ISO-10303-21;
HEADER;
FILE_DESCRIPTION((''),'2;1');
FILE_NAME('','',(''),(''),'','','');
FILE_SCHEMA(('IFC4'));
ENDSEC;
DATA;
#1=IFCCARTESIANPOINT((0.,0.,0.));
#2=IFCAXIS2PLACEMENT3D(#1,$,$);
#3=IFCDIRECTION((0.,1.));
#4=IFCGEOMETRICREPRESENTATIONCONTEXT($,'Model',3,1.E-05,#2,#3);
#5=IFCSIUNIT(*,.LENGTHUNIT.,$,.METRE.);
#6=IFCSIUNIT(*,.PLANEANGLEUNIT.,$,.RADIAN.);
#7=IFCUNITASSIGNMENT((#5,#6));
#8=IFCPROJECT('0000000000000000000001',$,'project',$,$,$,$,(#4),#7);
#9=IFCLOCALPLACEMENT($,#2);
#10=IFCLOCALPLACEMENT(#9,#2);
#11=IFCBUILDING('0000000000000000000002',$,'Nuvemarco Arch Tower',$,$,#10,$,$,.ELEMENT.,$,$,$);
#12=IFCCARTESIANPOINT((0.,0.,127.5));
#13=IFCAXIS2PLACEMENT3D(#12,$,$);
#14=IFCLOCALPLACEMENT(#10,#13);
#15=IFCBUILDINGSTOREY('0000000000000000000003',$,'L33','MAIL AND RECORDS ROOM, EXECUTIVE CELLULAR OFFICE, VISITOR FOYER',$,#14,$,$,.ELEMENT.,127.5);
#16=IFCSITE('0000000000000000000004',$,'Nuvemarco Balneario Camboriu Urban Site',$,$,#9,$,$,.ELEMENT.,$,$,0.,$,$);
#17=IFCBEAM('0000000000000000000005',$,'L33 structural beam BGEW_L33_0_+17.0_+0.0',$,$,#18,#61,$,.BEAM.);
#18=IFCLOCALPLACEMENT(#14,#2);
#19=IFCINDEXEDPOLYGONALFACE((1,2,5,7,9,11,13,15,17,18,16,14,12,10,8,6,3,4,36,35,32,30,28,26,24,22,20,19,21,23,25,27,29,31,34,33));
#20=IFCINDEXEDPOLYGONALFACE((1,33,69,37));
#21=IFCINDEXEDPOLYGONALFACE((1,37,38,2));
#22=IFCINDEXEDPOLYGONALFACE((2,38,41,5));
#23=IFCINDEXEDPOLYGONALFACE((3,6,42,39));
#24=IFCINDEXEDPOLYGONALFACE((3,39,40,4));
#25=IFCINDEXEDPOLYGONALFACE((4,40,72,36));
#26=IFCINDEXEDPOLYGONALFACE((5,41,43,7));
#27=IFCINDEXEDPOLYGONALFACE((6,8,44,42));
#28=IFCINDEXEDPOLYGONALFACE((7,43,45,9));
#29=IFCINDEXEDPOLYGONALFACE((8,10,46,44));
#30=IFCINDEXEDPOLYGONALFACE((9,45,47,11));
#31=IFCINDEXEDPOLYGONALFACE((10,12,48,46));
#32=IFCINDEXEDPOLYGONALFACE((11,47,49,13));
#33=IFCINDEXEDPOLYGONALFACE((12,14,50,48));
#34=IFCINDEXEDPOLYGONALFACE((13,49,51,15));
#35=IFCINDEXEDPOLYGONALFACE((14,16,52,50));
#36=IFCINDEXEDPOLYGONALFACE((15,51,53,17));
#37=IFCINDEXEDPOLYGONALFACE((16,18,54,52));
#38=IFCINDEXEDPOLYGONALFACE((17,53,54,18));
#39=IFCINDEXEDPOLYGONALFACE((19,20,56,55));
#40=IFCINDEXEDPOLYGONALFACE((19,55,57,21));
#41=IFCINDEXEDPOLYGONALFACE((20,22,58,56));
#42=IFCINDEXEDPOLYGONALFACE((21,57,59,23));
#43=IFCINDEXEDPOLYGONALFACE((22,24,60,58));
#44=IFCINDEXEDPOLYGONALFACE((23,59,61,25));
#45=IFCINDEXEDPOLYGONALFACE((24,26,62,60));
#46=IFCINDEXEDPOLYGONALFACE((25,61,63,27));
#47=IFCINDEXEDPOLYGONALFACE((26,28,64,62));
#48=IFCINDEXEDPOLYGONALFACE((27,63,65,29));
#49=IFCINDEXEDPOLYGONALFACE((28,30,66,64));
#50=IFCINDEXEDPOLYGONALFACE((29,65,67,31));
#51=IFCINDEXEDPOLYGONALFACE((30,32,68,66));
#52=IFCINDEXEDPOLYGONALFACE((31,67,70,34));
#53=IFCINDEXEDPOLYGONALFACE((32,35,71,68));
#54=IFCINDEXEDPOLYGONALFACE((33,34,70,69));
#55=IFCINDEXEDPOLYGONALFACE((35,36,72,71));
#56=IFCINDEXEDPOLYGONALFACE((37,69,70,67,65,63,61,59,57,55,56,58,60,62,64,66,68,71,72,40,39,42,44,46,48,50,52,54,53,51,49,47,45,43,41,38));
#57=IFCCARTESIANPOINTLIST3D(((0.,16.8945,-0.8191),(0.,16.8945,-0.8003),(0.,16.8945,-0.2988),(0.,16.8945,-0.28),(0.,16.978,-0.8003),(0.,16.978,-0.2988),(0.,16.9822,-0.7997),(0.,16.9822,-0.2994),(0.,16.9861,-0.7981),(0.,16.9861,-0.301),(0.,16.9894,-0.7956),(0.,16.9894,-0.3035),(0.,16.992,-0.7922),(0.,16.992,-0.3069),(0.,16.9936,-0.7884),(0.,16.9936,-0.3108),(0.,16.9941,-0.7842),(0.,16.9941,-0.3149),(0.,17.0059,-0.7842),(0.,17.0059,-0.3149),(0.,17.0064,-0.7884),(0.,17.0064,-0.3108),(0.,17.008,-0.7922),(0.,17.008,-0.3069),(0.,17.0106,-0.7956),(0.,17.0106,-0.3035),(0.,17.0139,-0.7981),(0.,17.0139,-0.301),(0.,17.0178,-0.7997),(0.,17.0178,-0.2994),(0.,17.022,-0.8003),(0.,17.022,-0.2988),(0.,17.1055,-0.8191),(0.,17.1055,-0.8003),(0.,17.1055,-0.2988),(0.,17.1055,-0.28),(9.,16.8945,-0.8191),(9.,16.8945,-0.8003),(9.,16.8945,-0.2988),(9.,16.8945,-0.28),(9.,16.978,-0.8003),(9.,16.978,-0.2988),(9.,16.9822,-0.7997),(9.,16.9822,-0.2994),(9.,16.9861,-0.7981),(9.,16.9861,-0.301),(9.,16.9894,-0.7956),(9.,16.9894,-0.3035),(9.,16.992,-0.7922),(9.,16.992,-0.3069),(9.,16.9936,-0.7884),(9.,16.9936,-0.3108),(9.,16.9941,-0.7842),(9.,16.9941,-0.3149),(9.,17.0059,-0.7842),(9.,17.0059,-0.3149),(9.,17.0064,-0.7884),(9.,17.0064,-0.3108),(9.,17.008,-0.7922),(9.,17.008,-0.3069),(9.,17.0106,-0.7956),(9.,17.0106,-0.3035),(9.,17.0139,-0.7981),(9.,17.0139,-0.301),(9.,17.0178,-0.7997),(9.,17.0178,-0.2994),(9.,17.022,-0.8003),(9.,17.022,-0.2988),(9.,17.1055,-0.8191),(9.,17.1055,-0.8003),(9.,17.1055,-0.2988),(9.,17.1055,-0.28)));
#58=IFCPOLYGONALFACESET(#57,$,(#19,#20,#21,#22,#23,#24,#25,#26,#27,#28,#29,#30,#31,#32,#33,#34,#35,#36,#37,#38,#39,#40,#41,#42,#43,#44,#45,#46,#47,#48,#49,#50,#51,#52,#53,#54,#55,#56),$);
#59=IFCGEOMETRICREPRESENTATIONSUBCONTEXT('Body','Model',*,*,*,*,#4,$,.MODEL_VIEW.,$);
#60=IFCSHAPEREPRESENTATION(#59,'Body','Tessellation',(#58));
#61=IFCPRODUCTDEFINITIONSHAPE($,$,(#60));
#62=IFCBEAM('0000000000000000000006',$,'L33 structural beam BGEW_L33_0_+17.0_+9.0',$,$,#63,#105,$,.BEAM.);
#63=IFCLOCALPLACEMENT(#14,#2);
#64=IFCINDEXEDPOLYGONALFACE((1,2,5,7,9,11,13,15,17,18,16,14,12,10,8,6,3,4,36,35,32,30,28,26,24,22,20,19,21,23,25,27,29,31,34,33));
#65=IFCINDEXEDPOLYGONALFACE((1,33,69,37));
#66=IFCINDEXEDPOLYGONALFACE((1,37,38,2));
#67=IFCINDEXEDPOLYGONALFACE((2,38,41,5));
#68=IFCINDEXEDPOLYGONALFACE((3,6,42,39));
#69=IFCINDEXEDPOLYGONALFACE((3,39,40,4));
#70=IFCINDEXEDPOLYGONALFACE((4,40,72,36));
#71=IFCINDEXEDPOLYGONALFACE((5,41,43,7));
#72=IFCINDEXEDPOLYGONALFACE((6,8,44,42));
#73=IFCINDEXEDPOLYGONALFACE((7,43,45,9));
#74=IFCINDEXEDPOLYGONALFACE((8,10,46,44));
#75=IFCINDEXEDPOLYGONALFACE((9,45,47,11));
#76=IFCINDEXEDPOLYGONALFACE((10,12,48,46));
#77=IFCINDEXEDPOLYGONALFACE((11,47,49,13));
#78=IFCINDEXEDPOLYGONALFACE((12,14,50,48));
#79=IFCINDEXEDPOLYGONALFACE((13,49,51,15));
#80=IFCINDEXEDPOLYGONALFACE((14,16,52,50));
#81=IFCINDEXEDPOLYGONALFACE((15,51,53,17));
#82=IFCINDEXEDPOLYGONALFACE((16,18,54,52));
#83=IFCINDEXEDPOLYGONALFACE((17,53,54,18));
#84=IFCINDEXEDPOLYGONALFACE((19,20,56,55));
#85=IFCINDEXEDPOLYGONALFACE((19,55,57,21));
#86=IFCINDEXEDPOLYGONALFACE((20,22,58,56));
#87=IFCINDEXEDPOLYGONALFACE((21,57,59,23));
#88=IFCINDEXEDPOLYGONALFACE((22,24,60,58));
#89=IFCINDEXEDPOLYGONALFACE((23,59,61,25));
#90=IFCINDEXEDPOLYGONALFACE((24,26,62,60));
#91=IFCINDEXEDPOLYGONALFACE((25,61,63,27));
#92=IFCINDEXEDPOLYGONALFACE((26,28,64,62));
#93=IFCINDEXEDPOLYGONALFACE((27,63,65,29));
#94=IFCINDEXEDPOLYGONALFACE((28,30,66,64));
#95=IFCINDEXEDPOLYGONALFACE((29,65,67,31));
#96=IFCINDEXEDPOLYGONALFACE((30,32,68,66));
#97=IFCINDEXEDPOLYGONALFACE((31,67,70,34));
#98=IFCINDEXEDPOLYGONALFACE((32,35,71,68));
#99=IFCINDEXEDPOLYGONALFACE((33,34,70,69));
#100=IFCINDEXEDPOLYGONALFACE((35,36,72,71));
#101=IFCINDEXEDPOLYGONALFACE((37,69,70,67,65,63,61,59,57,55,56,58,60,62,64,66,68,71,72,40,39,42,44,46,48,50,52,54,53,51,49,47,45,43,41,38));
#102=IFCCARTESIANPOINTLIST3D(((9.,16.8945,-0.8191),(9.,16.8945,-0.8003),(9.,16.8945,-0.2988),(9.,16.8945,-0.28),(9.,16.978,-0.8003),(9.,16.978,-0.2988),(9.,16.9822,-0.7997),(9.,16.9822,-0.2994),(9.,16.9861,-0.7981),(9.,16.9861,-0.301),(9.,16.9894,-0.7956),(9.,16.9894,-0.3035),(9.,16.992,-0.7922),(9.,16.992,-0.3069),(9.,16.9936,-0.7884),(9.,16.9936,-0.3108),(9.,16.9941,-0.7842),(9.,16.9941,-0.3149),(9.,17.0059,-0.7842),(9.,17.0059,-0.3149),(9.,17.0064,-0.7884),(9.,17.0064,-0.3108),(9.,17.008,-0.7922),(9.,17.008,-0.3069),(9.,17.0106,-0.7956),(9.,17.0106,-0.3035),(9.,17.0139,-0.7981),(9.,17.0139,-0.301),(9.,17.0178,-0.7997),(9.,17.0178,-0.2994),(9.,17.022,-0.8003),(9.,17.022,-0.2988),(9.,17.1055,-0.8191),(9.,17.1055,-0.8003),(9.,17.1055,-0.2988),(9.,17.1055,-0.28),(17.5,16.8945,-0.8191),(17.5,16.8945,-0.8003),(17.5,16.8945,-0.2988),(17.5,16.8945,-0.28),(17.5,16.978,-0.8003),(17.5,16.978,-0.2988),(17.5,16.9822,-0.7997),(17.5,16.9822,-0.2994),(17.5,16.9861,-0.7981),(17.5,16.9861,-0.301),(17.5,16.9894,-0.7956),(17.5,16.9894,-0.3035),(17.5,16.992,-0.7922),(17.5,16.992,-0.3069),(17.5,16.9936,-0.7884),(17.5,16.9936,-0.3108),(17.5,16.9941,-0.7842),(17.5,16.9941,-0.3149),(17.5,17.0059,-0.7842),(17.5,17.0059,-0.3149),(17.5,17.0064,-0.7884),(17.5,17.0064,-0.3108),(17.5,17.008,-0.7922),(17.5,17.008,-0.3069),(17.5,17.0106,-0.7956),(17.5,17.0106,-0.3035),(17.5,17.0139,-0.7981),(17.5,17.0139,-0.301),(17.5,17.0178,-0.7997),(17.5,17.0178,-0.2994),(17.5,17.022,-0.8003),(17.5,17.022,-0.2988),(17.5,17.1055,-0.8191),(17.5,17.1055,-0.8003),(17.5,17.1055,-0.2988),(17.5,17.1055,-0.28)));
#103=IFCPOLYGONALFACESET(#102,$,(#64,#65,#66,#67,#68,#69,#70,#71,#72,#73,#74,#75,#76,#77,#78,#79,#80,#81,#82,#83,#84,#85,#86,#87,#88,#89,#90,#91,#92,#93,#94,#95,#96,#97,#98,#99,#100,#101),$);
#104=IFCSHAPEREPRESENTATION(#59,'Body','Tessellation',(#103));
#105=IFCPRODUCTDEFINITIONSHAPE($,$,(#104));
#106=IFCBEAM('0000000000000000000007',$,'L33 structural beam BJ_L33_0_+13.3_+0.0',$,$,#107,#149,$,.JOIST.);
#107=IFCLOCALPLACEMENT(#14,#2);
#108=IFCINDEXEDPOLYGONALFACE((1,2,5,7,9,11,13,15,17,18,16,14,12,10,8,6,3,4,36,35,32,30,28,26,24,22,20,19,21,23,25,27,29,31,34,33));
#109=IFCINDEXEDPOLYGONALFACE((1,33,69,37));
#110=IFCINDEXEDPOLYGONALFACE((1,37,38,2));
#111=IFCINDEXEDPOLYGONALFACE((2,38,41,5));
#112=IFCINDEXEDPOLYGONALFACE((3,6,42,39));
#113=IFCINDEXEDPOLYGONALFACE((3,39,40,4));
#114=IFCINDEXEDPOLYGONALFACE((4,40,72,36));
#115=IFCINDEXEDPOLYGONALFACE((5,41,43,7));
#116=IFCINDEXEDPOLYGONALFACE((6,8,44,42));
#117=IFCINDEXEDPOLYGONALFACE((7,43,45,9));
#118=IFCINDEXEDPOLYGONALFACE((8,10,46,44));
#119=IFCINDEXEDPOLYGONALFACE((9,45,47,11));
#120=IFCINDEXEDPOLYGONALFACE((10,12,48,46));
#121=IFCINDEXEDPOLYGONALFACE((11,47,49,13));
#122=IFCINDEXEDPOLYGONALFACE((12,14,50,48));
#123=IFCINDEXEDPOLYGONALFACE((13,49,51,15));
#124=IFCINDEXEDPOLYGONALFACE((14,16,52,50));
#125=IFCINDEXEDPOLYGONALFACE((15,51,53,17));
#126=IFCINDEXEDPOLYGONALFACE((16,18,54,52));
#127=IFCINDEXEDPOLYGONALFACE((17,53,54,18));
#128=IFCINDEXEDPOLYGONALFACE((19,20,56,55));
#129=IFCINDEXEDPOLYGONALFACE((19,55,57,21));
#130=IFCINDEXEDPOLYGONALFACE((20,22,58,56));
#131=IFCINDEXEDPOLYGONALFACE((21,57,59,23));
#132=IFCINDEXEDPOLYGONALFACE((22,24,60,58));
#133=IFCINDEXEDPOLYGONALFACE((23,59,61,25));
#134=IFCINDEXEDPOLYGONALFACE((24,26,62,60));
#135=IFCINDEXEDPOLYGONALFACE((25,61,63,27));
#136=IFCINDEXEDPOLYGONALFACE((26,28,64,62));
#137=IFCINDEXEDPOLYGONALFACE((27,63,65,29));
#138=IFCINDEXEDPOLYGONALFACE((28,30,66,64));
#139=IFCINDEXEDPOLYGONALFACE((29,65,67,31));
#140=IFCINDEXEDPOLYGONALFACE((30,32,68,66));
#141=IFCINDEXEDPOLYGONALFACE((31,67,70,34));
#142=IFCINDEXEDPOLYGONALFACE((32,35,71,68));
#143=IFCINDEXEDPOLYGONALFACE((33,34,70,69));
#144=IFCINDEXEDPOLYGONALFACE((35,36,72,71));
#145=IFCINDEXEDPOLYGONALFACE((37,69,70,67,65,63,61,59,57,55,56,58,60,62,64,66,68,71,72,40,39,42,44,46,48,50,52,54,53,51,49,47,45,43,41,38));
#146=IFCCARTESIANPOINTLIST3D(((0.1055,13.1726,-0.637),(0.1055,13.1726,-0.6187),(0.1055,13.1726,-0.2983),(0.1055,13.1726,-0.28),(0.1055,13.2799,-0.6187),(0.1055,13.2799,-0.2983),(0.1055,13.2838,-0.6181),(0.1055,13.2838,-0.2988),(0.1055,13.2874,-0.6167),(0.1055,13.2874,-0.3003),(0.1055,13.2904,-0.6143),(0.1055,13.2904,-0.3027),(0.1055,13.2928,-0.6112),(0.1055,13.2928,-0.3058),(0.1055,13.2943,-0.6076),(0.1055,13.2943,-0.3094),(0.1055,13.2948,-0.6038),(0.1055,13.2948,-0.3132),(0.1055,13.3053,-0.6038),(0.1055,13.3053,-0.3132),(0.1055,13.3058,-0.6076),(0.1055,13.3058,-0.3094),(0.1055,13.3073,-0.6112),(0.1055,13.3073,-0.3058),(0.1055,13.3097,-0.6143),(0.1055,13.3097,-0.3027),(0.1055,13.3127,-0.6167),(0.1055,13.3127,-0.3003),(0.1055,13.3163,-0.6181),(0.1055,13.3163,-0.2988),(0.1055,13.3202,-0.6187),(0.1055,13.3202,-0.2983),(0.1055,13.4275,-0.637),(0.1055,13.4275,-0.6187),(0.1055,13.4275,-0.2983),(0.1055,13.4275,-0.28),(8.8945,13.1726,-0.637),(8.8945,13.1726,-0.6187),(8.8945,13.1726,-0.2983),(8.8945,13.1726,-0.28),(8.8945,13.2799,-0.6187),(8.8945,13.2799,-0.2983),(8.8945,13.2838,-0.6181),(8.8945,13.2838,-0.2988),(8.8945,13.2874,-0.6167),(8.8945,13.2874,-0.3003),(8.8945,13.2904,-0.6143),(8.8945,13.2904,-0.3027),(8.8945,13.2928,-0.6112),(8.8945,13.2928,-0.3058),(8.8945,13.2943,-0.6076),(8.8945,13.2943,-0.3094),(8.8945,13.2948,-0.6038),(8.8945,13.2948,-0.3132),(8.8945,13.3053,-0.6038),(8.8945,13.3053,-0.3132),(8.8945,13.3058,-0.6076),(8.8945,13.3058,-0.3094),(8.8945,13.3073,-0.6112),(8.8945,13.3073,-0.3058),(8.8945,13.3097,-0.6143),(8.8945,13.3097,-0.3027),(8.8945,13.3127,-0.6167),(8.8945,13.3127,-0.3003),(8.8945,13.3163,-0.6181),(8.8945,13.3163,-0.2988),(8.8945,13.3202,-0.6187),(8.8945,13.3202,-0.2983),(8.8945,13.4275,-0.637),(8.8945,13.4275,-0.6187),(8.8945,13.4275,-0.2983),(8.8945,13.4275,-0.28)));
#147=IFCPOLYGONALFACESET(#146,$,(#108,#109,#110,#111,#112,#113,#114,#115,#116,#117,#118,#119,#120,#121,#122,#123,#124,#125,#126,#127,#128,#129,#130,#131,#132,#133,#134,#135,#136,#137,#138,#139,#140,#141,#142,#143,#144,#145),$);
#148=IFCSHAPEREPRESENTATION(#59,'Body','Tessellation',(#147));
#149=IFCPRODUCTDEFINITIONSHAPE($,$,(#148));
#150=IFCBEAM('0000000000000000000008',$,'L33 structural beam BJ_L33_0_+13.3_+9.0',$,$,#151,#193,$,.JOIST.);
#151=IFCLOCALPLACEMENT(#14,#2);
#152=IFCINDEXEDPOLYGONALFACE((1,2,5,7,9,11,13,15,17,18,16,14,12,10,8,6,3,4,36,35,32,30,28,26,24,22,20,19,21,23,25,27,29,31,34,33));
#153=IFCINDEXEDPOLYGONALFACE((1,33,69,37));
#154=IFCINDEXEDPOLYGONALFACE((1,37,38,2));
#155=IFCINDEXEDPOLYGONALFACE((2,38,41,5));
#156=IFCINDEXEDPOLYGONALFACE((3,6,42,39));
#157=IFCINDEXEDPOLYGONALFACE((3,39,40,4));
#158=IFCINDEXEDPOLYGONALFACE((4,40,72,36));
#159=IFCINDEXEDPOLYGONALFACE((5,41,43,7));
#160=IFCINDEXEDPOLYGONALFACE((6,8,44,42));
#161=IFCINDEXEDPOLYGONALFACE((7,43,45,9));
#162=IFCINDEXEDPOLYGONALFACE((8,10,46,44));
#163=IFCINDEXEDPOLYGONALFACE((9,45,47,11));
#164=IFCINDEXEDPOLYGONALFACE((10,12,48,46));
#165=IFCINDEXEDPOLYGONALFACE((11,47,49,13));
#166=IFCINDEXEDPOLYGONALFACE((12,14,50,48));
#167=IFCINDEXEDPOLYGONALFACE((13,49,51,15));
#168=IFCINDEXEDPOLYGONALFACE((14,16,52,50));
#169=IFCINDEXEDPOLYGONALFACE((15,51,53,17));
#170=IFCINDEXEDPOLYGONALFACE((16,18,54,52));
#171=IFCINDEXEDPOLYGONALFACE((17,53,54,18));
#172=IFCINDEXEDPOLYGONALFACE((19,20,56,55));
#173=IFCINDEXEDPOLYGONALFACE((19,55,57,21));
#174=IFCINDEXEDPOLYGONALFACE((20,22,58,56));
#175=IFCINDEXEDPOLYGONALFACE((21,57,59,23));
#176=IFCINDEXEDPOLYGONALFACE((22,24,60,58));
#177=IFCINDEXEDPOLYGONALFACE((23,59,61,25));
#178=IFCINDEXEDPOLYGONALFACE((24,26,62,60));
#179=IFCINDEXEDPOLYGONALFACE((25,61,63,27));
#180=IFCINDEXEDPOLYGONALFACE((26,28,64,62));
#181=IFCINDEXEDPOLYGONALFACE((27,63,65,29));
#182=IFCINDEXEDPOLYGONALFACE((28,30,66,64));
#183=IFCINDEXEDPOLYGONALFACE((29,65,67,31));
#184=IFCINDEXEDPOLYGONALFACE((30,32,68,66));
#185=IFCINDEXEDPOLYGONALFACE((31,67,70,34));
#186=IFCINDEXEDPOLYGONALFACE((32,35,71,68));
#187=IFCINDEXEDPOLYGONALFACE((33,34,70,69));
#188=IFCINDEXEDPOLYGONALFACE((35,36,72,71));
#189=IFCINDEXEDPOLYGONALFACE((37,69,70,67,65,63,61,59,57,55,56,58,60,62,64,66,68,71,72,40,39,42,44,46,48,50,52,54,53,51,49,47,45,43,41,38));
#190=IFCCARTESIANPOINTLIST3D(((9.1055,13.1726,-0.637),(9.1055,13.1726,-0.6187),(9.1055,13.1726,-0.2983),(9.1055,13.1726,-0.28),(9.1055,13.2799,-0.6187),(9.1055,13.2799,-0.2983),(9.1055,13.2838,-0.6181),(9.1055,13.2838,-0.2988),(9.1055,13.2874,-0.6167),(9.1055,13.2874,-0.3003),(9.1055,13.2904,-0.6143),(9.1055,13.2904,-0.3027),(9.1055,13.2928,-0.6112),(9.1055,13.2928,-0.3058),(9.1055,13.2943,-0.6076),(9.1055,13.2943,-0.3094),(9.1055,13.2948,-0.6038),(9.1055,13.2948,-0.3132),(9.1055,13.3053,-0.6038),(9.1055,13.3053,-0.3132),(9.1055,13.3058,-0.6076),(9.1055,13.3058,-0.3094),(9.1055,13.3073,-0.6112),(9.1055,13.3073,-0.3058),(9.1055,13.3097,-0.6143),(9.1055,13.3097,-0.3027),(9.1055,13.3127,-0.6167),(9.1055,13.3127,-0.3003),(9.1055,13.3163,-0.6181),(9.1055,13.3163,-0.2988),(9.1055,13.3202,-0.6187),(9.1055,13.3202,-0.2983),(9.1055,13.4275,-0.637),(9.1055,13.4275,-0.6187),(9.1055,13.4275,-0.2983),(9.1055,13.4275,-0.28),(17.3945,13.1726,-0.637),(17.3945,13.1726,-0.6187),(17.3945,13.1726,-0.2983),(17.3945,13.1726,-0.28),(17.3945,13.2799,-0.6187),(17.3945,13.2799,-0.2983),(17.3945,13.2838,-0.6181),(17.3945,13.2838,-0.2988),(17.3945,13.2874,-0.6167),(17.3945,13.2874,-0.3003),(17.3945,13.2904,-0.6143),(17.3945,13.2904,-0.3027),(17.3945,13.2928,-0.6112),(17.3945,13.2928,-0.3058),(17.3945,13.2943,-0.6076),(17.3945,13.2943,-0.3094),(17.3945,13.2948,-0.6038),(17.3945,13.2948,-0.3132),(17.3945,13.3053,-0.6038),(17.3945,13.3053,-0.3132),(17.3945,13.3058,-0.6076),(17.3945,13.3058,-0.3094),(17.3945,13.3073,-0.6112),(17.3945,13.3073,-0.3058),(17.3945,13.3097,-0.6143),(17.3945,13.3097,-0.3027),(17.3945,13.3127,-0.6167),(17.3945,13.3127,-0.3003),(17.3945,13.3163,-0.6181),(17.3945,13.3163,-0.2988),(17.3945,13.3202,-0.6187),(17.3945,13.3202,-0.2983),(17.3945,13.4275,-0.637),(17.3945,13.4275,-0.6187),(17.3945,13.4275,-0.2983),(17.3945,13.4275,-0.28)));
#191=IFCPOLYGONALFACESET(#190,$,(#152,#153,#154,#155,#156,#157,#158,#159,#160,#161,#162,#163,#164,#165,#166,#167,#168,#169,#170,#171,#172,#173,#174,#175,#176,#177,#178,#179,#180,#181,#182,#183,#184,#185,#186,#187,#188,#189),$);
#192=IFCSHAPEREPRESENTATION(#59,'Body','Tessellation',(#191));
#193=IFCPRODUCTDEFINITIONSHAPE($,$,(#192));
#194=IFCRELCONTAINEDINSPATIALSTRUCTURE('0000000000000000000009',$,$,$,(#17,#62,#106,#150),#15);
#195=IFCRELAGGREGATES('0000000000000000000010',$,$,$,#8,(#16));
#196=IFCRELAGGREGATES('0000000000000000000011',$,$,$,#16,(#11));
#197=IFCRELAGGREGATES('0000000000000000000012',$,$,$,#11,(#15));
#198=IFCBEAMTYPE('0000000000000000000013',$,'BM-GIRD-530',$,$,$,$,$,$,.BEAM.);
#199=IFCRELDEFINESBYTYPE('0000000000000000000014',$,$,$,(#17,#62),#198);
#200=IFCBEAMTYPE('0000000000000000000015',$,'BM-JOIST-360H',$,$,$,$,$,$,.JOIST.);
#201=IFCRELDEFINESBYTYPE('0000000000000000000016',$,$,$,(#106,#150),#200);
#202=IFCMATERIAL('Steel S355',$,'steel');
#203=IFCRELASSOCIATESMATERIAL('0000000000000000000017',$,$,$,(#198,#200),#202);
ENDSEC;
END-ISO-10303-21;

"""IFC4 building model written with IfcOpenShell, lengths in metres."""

from ifc_helpers import new_model, si_unit, direction, frame, origin, origin_2d, place, context, subcontext, project, spatial, i_section, extrude, material, material_profile, profile_set, type_object, element, save


model = new_model("IFC4")

# Units and contexts
model_context = context("Model", 3, precision=1e-05, world=origin(), true_north=direction((0.0, 1.0)))
body_context = subcontext(model_context, "Body", "Model", "MODEL_VIEW")
ifc_project = project(units=[si_unit("LENGTHUNIT", "METRE"), si_unit("PLANEANGLEUNIT", "RADIAN")], contexts=[model_context])

# Site, building, storey
site_placement = place(None, origin())
site = spatial("IfcSite", under=ifc_project, at=site_placement, Name="Nuvemarco Balneario Camboriu Urban Site", CompositionType="ELEMENT", RefElevation=0.0)
building_placement = place(site_placement, origin())
building = spatial("IfcBuilding", under=site, at=building_placement, Name="Nuvemarco Arch Tower", CompositionType="ELEMENT")
storey_placement = place(building_placement, frame((0.0, 0.0, 127.5)))
storey = spatial("IfcBuildingStorey", under=building, at=storey_placement, Name="L33", Description="MAIL AND RECORDS ROOM, EXECUTIVE CELLULAR OFFICE, VISITOR FOYER", CompositionType="ELEMENT", Elevation=127.5)

# Shared definitions
ifc_material_1 = material(Name="Steel S355", Category="steel")

# Beams
ifc_material_profile_1 = material_profile(ifc_material_1, i_section(OverallWidth=0.2109, OverallDepth=0.5391, WebThickness=0.0117, FlangeThickness=0.0188, FilletRadius=0.0161, at=origin_2d()), Name="W530x109")
ifc_profile_set_1 = profile_set([ifc_material_profile_1], Name="Steel S355")
beam_type_1 = type_object("IfcBeamType", Name="BM-GIRD-530", PredefinedType="BEAM", material=ifc_profile_set_1)
beam_1_placement = place(storey_placement, frame((0.0, 17.0, -0.5496), z_axis=(1.0, 0.0, 0.0), x_axis=(0.0, 1.0, 0.0)))
element("IfcBeam", 1, at=beam_1_placement, inside=storey, type_object=beam_type_1, Name="L33 structural beam BGEW_L33_0_+17.0_+0.0", PredefinedType="BEAM", context=body_context, shape_type="SweptSolid", body=[
    extrude(i_section(OverallWidth=0.2109, OverallDepth=0.5391, WebThickness=0.0117, FlangeThickness=0.0188, FilletRadius=0.0161, at=origin_2d()), origin(), (0.0, 0.0, 1.0), 9.0),
])
beam_2_placement = place(storey_placement, frame((9.0, 17.0, -0.5496), z_axis=(1.0, 0.0, 0.0), x_axis=(0.0, 1.0, 0.0)))
element("IfcBeam", 2, at=beam_2_placement, inside=storey, type_object=beam_type_1, Name="L33 structural beam BGEW_L33_0_+17.0_+9.0", PredefinedType="BEAM", context=body_context, shape_type="SweptSolid", body=[
    extrude(i_section(OverallWidth=0.2109, OverallDepth=0.5391, WebThickness=0.0117, FlangeThickness=0.0188, FilletRadius=0.0161, at=origin_2d()), origin(), (0.0, 0.0, 1.0), 8.5),
])
ifc_material_profile_2 = material_profile(ifc_material_1, i_section(OverallWidth=0.2549, OverallDepth=0.3569, WebThickness=0.0105, FlangeThickness=0.0183, FilletRadius=0.0149, at=origin_2d()), Name="W360x101")
ifc_profile_set_2 = profile_set([ifc_material_profile_2], Name="Steel S355")
beam_type_2 = type_object("IfcBeamType", Name="BM-JOIST-360H", PredefinedType="JOIST", material=ifc_profile_set_2)
beam_3_placement = place(storey_placement, frame((0.1055, 13.3, -0.4585), z_axis=(1.0, 0.0, 0.0), x_axis=(0.0, 1.0, 0.0)))
element("IfcBeam", 3, at=beam_3_placement, inside=storey, type_object=beam_type_2, Name="L33 structural beam BJ_L33_0_+13.3_+0.0", PredefinedType="JOIST", context=body_context, shape_type="SweptSolid", body=[
    extrude(i_section(OverallWidth=0.2549, OverallDepth=0.3569, WebThickness=0.0105, FlangeThickness=0.0183, FilletRadius=0.0149, at=origin_2d()), origin(), (0.0, 0.0, 1.0), 8.7891),
])
beam_4_placement = place(storey_placement, frame((9.1055, 13.3, -0.4585), z_axis=(1.0, 0.0, 0.0), x_axis=(0.0, 1.0, 0.0)))
element("IfcBeam", 4, at=beam_4_placement, inside=storey, type_object=beam_type_2, Name="L33 structural beam BJ_L33_0_+13.3_+9.0", PredefinedType="JOIST", context=body_context, shape_type="SweptSolid", body=[
    extrude(i_section(OverallWidth=0.2549, OverallDepth=0.3569, WebThickness=0.0105, FlangeThickness=0.0183, FilletRadius=0.0149, at=origin_2d()), origin(), (0.0, 0.0, 1.0), 8.2891),
])

save(model, "model.ifc")
